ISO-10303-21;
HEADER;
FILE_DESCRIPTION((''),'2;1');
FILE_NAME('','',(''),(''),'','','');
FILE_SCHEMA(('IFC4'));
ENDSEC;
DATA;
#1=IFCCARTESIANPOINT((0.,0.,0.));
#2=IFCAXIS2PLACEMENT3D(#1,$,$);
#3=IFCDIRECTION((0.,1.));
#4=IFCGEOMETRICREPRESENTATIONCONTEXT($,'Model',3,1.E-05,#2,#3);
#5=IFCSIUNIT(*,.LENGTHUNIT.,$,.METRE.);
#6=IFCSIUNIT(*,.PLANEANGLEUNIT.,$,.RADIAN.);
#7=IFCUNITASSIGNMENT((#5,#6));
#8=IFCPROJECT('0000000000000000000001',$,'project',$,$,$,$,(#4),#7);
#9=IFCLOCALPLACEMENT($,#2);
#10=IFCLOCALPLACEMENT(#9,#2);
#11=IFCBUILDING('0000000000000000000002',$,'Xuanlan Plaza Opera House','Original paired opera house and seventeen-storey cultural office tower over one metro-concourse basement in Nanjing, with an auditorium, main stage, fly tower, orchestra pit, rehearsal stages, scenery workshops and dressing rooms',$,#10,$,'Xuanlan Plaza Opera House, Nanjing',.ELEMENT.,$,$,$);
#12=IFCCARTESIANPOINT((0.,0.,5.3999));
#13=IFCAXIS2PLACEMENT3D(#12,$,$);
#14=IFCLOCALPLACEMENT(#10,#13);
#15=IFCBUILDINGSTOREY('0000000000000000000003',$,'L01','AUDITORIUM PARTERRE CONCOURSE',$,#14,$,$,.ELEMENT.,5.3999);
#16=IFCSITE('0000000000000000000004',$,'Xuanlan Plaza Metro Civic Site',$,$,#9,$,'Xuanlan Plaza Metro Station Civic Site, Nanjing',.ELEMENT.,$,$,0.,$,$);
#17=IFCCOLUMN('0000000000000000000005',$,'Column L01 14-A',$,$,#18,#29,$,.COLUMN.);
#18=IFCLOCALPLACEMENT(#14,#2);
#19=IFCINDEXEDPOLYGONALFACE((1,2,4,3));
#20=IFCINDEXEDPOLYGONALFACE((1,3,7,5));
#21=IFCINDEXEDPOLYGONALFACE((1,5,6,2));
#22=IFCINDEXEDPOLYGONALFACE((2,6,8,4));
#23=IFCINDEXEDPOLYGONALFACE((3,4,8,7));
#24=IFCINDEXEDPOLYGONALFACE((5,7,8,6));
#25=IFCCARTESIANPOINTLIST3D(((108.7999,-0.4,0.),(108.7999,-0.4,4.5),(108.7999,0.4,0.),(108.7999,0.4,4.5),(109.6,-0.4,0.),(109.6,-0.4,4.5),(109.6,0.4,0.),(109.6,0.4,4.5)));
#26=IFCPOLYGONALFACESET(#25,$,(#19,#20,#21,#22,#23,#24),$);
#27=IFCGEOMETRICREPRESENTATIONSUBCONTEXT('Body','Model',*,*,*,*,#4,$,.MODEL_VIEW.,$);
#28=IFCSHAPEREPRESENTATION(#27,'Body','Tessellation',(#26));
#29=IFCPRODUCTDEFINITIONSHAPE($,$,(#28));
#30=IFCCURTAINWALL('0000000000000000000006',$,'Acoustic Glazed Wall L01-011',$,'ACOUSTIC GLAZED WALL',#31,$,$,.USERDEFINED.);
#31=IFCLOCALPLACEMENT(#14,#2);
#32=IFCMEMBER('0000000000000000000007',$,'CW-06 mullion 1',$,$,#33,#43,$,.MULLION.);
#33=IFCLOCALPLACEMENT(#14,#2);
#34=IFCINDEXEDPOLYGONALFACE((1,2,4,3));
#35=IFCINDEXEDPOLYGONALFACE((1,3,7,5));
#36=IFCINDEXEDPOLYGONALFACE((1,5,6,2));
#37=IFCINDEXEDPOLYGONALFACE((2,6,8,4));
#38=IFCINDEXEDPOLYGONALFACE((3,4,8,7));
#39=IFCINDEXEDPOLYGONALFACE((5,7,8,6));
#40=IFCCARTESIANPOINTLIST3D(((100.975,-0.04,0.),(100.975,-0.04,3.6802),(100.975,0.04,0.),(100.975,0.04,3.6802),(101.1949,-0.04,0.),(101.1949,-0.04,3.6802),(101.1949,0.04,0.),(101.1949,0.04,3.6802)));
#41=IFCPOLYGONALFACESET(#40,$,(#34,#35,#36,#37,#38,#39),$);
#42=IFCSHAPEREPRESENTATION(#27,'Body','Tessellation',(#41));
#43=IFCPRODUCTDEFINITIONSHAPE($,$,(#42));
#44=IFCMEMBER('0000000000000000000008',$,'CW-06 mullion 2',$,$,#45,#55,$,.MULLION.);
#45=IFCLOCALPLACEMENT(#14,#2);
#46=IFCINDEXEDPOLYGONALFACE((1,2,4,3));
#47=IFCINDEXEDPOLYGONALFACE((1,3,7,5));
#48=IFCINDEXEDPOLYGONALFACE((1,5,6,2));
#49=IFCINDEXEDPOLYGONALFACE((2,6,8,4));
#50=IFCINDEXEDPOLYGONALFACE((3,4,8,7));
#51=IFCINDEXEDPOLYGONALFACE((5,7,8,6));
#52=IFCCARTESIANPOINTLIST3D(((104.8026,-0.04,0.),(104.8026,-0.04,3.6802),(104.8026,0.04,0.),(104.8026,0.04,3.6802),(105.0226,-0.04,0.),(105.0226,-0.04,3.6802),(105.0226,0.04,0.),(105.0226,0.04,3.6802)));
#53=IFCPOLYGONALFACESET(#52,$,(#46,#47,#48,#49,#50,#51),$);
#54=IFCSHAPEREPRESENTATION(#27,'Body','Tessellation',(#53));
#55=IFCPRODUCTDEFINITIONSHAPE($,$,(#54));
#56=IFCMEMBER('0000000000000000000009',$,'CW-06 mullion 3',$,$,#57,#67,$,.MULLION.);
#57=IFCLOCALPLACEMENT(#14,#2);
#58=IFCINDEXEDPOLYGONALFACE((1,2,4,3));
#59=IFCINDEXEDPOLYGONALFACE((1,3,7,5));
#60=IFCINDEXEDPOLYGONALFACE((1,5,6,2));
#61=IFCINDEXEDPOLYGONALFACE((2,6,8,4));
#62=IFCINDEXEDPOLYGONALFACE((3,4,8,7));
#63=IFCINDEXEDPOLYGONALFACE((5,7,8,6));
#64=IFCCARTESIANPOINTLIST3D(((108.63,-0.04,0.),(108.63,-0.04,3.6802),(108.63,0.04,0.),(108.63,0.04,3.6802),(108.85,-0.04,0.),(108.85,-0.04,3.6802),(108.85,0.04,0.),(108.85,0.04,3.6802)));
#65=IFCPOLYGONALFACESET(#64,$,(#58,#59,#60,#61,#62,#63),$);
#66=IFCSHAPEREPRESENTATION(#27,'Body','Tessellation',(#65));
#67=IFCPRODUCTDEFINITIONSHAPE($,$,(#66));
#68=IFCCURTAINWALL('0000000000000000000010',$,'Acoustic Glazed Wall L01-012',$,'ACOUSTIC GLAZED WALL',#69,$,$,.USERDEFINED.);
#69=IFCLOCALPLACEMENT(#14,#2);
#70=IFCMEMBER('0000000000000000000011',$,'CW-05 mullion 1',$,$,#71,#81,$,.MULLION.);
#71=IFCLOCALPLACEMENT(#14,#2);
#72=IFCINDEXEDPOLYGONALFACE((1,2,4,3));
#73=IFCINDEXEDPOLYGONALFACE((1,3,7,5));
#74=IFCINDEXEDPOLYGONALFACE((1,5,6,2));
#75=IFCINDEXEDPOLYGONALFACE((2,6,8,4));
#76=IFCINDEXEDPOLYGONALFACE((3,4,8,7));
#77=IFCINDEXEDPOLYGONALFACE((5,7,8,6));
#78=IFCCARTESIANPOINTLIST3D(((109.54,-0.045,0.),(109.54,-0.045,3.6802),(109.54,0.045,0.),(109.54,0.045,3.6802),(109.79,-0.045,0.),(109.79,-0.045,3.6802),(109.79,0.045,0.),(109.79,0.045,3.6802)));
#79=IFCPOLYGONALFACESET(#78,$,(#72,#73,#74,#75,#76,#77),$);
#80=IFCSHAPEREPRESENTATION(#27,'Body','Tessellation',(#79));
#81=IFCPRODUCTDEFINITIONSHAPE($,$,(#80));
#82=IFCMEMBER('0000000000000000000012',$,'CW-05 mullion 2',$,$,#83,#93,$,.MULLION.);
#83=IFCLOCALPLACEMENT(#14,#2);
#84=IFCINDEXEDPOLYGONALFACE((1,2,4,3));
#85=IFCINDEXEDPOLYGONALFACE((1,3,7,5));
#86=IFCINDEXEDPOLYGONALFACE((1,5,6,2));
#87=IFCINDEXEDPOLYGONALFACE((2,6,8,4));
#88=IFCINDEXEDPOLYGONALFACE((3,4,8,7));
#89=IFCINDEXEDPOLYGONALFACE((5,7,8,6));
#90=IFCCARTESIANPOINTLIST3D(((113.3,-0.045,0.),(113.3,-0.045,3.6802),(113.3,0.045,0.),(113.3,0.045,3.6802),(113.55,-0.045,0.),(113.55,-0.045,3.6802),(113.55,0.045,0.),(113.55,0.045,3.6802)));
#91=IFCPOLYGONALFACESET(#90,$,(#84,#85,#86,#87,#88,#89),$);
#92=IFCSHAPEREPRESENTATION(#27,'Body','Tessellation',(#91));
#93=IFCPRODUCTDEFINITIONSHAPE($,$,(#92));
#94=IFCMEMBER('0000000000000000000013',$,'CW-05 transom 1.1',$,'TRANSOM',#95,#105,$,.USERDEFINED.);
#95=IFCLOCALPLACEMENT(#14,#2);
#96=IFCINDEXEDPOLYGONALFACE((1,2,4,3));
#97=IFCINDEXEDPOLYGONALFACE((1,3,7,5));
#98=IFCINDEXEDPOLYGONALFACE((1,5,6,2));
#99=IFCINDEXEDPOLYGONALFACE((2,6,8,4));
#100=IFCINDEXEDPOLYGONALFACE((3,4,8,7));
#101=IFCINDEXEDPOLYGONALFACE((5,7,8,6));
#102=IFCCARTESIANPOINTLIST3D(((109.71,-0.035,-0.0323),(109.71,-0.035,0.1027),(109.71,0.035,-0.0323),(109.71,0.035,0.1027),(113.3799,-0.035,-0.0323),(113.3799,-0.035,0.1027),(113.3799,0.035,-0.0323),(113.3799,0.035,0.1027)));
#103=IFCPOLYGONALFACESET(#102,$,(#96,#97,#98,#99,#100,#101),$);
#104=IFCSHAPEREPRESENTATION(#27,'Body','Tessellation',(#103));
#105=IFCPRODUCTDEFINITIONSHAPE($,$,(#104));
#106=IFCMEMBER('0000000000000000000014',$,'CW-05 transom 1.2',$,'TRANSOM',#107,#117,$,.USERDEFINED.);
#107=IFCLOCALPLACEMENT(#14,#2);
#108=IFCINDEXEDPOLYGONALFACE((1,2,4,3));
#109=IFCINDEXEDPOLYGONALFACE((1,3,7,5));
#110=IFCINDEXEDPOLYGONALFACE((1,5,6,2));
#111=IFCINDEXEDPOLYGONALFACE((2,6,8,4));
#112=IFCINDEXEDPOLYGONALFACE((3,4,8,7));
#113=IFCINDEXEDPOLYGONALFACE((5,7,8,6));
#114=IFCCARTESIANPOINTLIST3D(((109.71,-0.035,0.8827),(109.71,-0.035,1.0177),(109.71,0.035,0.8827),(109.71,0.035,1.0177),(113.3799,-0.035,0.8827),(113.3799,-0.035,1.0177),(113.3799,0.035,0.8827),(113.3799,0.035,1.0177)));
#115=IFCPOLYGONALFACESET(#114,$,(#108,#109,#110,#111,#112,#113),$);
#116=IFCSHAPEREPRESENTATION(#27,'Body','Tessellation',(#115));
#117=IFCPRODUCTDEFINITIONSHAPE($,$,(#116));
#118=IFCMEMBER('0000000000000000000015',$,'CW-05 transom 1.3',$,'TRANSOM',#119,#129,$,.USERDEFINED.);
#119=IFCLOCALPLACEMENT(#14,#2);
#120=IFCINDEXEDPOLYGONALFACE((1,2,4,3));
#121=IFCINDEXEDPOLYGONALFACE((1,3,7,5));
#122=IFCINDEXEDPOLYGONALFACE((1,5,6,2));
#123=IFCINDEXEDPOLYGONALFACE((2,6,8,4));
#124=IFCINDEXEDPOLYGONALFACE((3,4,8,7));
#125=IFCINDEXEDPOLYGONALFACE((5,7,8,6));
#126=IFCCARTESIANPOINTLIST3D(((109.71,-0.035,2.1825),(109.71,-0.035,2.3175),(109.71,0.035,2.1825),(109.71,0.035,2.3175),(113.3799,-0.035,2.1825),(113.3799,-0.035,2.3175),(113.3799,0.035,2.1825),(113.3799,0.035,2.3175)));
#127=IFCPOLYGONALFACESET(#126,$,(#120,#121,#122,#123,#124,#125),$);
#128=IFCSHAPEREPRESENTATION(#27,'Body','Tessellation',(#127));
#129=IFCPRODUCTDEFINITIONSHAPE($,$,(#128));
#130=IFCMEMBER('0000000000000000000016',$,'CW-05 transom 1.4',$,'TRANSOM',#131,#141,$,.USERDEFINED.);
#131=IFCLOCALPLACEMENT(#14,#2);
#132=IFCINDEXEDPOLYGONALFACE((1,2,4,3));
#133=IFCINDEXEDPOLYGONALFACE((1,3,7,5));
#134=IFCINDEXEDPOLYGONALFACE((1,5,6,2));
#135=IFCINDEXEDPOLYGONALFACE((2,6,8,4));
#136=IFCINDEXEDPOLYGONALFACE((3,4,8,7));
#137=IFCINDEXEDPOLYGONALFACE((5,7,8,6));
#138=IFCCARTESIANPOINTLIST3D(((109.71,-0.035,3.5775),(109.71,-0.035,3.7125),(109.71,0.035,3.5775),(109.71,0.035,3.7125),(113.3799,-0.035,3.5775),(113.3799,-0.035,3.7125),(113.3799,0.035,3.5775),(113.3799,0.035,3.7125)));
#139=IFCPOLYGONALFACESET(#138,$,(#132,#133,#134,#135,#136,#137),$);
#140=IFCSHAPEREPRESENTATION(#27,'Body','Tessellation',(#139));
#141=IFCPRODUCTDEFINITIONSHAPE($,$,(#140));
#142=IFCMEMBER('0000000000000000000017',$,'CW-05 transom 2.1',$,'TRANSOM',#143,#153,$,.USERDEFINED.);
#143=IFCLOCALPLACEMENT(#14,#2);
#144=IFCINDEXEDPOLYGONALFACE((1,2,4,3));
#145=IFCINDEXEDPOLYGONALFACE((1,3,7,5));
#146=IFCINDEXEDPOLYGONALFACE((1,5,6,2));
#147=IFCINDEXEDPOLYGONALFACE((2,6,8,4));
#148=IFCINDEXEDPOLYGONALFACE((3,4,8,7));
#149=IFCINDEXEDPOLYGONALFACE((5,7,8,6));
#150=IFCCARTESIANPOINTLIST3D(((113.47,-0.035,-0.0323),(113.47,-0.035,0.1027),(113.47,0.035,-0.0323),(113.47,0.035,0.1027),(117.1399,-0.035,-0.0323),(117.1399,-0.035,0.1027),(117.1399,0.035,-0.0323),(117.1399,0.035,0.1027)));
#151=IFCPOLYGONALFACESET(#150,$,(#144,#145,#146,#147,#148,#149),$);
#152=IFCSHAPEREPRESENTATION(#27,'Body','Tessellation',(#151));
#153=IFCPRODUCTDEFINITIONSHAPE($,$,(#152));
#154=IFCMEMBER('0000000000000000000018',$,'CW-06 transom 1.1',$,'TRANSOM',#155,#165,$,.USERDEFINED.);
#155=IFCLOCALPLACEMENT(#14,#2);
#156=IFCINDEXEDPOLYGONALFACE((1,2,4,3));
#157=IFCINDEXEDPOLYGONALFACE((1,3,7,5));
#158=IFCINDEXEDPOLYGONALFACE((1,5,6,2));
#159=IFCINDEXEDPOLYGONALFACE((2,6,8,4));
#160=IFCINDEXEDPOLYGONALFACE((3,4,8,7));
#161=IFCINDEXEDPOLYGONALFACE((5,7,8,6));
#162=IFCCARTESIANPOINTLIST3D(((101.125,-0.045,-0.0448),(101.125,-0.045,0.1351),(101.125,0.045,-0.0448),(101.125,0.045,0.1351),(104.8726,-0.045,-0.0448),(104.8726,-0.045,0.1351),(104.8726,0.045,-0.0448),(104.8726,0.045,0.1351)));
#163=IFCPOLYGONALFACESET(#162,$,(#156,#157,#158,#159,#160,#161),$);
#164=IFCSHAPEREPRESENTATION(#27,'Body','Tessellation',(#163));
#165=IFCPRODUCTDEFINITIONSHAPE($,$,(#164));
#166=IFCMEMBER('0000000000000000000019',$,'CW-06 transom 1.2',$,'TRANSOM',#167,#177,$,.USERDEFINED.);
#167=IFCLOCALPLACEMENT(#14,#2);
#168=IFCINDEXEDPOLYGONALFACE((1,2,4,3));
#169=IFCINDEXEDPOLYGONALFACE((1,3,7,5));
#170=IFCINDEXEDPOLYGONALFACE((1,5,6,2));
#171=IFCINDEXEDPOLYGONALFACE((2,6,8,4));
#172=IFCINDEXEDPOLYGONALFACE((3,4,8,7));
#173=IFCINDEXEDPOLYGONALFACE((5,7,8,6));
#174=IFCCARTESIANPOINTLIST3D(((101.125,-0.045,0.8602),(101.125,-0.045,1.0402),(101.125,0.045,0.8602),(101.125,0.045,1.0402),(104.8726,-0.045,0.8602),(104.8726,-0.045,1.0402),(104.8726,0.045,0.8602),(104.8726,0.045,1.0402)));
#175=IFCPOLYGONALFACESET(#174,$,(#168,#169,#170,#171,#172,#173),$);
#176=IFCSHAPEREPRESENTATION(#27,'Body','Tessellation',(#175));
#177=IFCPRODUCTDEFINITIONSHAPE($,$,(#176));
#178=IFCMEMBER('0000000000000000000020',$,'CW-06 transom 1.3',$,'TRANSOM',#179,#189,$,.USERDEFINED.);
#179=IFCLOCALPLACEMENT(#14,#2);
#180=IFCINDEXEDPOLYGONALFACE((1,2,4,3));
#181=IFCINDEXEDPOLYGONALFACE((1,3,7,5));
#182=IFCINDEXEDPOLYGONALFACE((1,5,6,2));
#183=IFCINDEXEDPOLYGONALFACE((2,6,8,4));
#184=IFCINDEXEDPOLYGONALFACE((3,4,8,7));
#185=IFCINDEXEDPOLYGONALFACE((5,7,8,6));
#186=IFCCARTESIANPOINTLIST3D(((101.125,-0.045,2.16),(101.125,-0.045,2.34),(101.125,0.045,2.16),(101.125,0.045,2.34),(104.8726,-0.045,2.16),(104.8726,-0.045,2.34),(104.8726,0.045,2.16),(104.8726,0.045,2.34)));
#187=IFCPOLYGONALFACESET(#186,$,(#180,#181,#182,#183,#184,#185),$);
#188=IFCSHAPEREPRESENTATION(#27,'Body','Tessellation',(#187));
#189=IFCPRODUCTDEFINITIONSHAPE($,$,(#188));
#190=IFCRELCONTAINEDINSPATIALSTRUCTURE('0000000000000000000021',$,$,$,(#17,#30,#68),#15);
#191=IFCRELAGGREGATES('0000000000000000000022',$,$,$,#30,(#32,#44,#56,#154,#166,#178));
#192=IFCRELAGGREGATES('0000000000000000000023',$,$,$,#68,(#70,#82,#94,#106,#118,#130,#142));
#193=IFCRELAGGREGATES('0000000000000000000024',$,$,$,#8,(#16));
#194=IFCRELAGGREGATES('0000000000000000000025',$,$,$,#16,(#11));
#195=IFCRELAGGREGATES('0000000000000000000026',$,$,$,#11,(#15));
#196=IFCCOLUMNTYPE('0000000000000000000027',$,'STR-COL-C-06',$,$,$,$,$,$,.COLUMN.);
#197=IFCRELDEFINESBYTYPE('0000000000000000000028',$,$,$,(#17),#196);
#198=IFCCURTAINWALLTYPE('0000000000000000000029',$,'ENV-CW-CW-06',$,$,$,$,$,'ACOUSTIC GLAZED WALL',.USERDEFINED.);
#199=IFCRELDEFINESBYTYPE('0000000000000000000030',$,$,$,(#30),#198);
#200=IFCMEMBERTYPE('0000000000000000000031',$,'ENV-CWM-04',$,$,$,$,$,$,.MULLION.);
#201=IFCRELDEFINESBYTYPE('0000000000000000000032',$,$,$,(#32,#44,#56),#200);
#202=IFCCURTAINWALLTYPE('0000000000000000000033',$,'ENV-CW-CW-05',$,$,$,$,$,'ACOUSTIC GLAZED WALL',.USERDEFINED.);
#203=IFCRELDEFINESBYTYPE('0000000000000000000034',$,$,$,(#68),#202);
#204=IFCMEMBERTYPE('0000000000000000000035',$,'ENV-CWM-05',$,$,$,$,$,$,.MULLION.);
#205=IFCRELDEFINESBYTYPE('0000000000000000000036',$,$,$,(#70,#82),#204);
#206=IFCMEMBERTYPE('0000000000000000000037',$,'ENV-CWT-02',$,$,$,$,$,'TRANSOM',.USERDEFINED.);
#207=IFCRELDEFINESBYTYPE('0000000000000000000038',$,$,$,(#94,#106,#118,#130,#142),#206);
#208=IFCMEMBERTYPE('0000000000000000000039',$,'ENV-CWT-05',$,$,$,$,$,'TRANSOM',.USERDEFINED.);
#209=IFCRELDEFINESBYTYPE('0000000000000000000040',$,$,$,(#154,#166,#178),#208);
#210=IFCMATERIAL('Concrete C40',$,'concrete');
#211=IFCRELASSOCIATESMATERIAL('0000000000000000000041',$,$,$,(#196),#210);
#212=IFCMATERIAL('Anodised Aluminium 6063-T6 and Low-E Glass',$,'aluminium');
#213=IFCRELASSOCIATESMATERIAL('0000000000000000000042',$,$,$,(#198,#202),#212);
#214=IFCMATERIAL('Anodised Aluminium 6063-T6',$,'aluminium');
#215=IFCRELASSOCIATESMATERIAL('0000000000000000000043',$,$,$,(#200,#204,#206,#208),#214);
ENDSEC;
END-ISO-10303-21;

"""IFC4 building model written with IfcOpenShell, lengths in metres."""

from ifc_helpers import new_model, si_unit, direction, frame, origin, origin_2d, place, context, subcontext, project, spatial, rectangle, extrude, material, material_profile, profile_set, type_object, element, aggregate, save


model = new_model("IFC4")

# Units and contexts
model_context = context("Model", 3, precision=1e-05, world=origin(), true_north=direction((0.0, 1.0)))
body_context = subcontext(model_context, "Body", "Model", "MODEL_VIEW")
ifc_project = project(units=[si_unit("LENGTHUNIT", "METRE"), si_unit("PLANEANGLEUNIT", "RADIAN")], contexts=[model_context])

# Site, building, storey
site_placement = place(None, origin())
site = spatial("IfcSite", under=ifc_project, at=site_placement, Name="Xuanlan Plaza Metro Civic Site", LongName="Xuanlan Plaza Metro Station Civic Site, Nanjing", CompositionType="ELEMENT", RefElevation=0.0)
building_placement = place(site_placement, origin())
building = spatial("IfcBuilding", under=site, at=building_placement, Name="Xuanlan Plaza Opera House", Description="Original paired opera house and seventeen-storey cultural office tower over one metro-concourse basement in Nanjing, with an auditorium, main stage, fly tower, orchestra pit, rehearsal stages, scenery workshops and dressing rooms", LongName="Xuanlan Plaza Opera House, Nanjing", CompositionType="ELEMENT")
storey_placement = place(building_placement, frame((0.0, 0.0, 5.3999)))
storey = spatial("IfcBuildingStorey", under=building, at=storey_placement, Name="L01", Description="AUDITORIUM PARTERRE CONCOURSE", CompositionType="ELEMENT", Elevation=5.3999)

# Column
ifc_material_1 = material(Name="Concrete C40", Category="concrete")
ifc_material_profile_1 = material_profile(ifc_material_1, rectangle(XDim=0.8, YDim=0.8, at=origin_2d()), Name="RC-COL 800x800")
ifc_profile_set_1 = profile_set([ifc_material_profile_1], Name="Concrete C40")
column_type = type_object("IfcColumnType", Name="STR-COL-C-06", PredefinedType="COLUMN", material=ifc_profile_set_1)
column_placement = place(storey_placement, frame((109.2, 0.0, 0.0), z_axis=(0.0, 0.0, 1.0), x_axis=(1.0, 0.0, 0.0)))
element("IfcColumn", 1, at=column_placement, inside=storey, type_object=column_type, Name="Column L01 14-A", PredefinedType="COLUMN", context=body_context, shape_type="SweptSolid", body=[
    extrude(rectangle(XDim=0.8, YDim=0.8, at=origin_2d()), origin(), (0.0, 0.0, 1.0), 4.5),
])

# Curtain walls, members
ifc_material_2 = material(Name="Anodised Aluminium 6063-T6 and Low-E Glass", Category="aluminium")
curtain_wall_type_1 = type_object("IfcCurtainWallType", Name="ENV-CW-CW-06", ElementType="ACOUSTIC GLAZED WALL", PredefinedType="USERDEFINED", material=ifc_material_2)
curtain_wall_1_placement = place(storey_placement, origin())
curtain_wall_1 = element("IfcCurtainWall", 2, at=curtain_wall_1_placement, inside=storey, type_object=curtain_wall_type_1, Name="Acoustic Glazed Wall L01-011", ObjectType="ACOUSTIC GLAZED WALL", PredefinedType="USERDEFINED")
ifc_material_3 = material(Name="Anodised Aluminium 6063-T6", Category="aluminium")
ifc_material_profile_2 = material_profile(ifc_material_3, rectangle(XDim=0.0801, YDim=0.22, at=origin_2d()), Name="ALU-M 80x220")
ifc_profile_set_2 = profile_set([ifc_material_profile_2], Name="Anodised Aluminium 6063-T6")
member_type_1 = type_object("IfcMemberType", Name="ENV-CWM-04", PredefinedType="MULLION", material=ifc_profile_set_2)
member_1_placement = place(storey_placement, frame((101.085, 0.0, 0.0), z_axis=(0.0, 0.0, 1.0), x_axis=(0.0, 1.0, 0.0)))
member_1 = element("IfcMember", 3, at=member_1_placement, type_object=member_type_1, Name="CW-06 mullion 1", PredefinedType="MULLION", context=body_context, shape_type="SweptSolid", body=[
    extrude(rectangle(XDim=0.0801, YDim=0.22, at=origin_2d()), origin(), (0.0, 0.0, 1.0), 3.6802),
])
member_2_placement = place(storey_placement, frame((104.9126, 0.0, 0.0), z_axis=(0.0, 0.0, 1.0), x_axis=(0.0, 1.0, 0.0)))
member_2 = element("IfcMember", 4, at=member_2_placement, type_object=member_type_1, Name="CW-06 mullion 2", PredefinedType="MULLION", context=body_context, shape_type="SweptSolid", body=[
    extrude(rectangle(XDim=0.0801, YDim=0.22, at=origin_2d()), origin(), (0.0, 0.0, 1.0), 3.6802),
])
member_3_placement = place(storey_placement, frame((108.74, 0.0, 0.0), z_axis=(0.0, 0.0, 1.0), x_axis=(0.0, 1.0, 0.0)))
member_3 = element("IfcMember", 5, at=member_3_placement, type_object=member_type_1, Name="CW-06 mullion 3", PredefinedType="MULLION", context=body_context, shape_type="SweptSolid", body=[
    extrude(rectangle(XDim=0.0801, YDim=0.22, at=origin_2d()), origin(), (0.0, 0.0, 1.0), 3.6802),
])
curtain_wall_type_2 = type_object("IfcCurtainWallType", Name="ENV-CW-CW-05", ElementType="ACOUSTIC GLAZED WALL", PredefinedType="USERDEFINED", material=ifc_material_2)
curtain_wall_2_placement = place(storey_placement, origin())
curtain_wall_2 = element("IfcCurtainWall", 6, at=curtain_wall_2_placement, inside=storey, type_object=curtain_wall_type_2, Name="Acoustic Glazed Wall L01-012", ObjectType="ACOUSTIC GLAZED WALL", PredefinedType="USERDEFINED")
ifc_material_profile_3 = material_profile(ifc_material_3, rectangle(XDim=0.0901, YDim=0.25, at=origin_2d()), Name="ALU-M 90x250")
ifc_profile_set_3 = profile_set([ifc_material_profile_3], Name="Anodised Aluminium 6063-T6")
member_type_2 = type_object("IfcMemberType", Name="ENV-CWM-05", PredefinedType="MULLION", material=ifc_profile_set_3)
member_4_placement = place(storey_placement, frame((109.665, 0.0, 0.0), z_axis=(0.0, 0.0, 1.0), x_axis=(0.0, 1.0, 0.0)))
member_4 = element("IfcMember", 7, at=member_4_placement, type_object=member_type_2, Name="CW-05 mullion 1", PredefinedType="MULLION", context=body_context, shape_type="SweptSolid", body=[
    extrude(rectangle(XDim=0.0901, YDim=0.25, at=origin_2d()), origin(), (0.0, 0.0, 1.0), 3.6802),
])
member_5_placement = place(storey_placement, frame((113.425, 0.0, 0.0), z_axis=(0.0, 0.0, 1.0), x_axis=(0.0, 1.0, 0.0)))
member_5 = element("IfcMember", 8, at=member_5_placement, type_object=member_type_2, Name="CW-05 mullion 2", PredefinedType="MULLION", context=body_context, shape_type="SweptSolid", body=[
    extrude(rectangle(XDim=0.0901, YDim=0.25, at=origin_2d()), origin(), (0.0, 0.0, 1.0), 3.6802),
])
ifc_material_profile_4 = material_profile(ifc_material_3, rectangle(XDim=0.0701, YDim=0.135, at=origin_2d()), Name="ALU-T 70x135")
ifc_profile_set_4 = profile_set([ifc_material_profile_4], Name="Anodised Aluminium 6063-T6")
member_type_3 = type_object("IfcMemberType", Name="ENV-CWT-02", ElementType="TRANSOM", PredefinedType="USERDEFINED", material=ifc_profile_set_4)
member_6_placement = place(storey_placement, frame((109.71, 0.0, 0.0352), z_axis=(1.0, 0.0, 0.0), x_axis=(0.0, 1.0, 0.0)))
member_6 = element("IfcMember", 9, at=member_6_placement, type_object=member_type_3, Name="CW-05 transom 1.1", ObjectType="TRANSOM", PredefinedType="USERDEFINED", context=body_context, shape_type="SweptSolid", body=[
    extrude(rectangle(XDim=0.0701, YDim=0.135, at=origin_2d()), origin(), (0.0, 0.0, 1.0), 3.6699),
])
member_7_placement = place(storey_placement, frame((109.71, 0.0, 0.9502), z_axis=(1.0, 0.0, 0.0), x_axis=(0.0, 1.0, 0.0)))
member_7 = element("IfcMember", 10, at=member_7_placement, type_object=member_type_3, Name="CW-05 transom 1.2", ObjectType="TRANSOM", PredefinedType="USERDEFINED", context=body_context, shape_type="SweptSolid", body=[
    extrude(rectangle(XDim=0.0701, YDim=0.135, at=origin_2d()), origin(), (0.0, 0.0, 1.0), 3.6699),
])
member_8_placement = place(storey_placement, frame((109.71, 0.0, 2.25), z_axis=(1.0, 0.0, 0.0), x_axis=(0.0, 1.0, 0.0)))
member_8 = element("IfcMember", 11, at=member_8_placement, type_object=member_type_3, Name="CW-05 transom 1.3", ObjectType="TRANSOM", PredefinedType="USERDEFINED", context=body_context, shape_type="SweptSolid", body=[
    extrude(rectangle(XDim=0.0701, YDim=0.135, at=origin_2d()), origin(), (0.0, 0.0, 1.0), 3.6699),
])
member_9_placement = place(storey_placement, frame((109.71, 0.0, 3.645), z_axis=(1.0, 0.0, 0.0), x_axis=(0.0, 1.0, 0.0)))
member_9 = element("IfcMember", 12, at=member_9_placement, type_object=member_type_3, Name="CW-05 transom 1.4", ObjectType="TRANSOM", PredefinedType="USERDEFINED", context=body_context, shape_type="SweptSolid", body=[
    extrude(rectangle(XDim=0.0701, YDim=0.135, at=origin_2d()), origin(), (0.0, 0.0, 1.0), 3.6699),
])
member_10_placement = place(storey_placement, frame((113.47, 0.0, 0.0352), z_axis=(1.0, 0.0, 0.0), x_axis=(0.0, 1.0, 0.0)))
member_10 = element("IfcMember", 13, at=member_10_placement, type_object=member_type_3, Name="CW-05 transom 2.1", ObjectType="TRANSOM", PredefinedType="USERDEFINED", context=body_context, shape_type="SweptSolid", body=[
    extrude(rectangle(XDim=0.0701, YDim=0.135, at=origin_2d()), origin(), (0.0, 0.0, 1.0), 3.6699),
])

# Members
ifc_material_profile_5 = material_profile(ifc_material_3, rectangle(XDim=0.0901, YDim=0.1799, at=origin_2d()), Name="ALU-T 90x180")
ifc_profile_set_5 = profile_set([ifc_material_profile_5], Name="Anodised Aluminium 6063-T6")
member_type_4 = type_object("IfcMemberType", Name="ENV-CWT-05", ElementType="TRANSOM", PredefinedType="USERDEFINED", material=ifc_profile_set_5)
member_11_placement = place(storey_placement, frame((101.125, 0.0, 0.0452), z_axis=(1.0, 0.0, 0.0), x_axis=(0.0, 1.0, 0.0)))
member_11 = element("IfcMember", 14, at=member_11_placement, type_object=member_type_4, Name="CW-06 transom 1.1", ObjectType="TRANSOM", PredefinedType="USERDEFINED", context=body_context, shape_type="SweptSolid", body=[
    extrude(rectangle(XDim=0.0901, YDim=0.1799, at=origin_2d()), origin(), (0.0, 0.0, 1.0), 3.7476),
])
member_12_placement = place(storey_placement, frame((101.125, 0.0, 0.9502), z_axis=(1.0, 0.0, 0.0), x_axis=(0.0, 1.0, 0.0)))
member_12 = element("IfcMember", 15, at=member_12_placement, type_object=member_type_4, Name="CW-06 transom 1.2", ObjectType="TRANSOM", PredefinedType="USERDEFINED", context=body_context, shape_type="SweptSolid", body=[
    extrude(rectangle(XDim=0.0901, YDim=0.1799, at=origin_2d()), origin(), (0.0, 0.0, 1.0), 3.7476),
])
member_13_placement = place(storey_placement, frame((101.125, 0.0, 2.25), z_axis=(1.0, 0.0, 0.0), x_axis=(0.0, 1.0, 0.0)))
member_13 = element("IfcMember", 16, at=member_13_placement, type_object=member_type_4, Name="CW-06 transom 1.3", ObjectType="TRANSOM", PredefinedType="USERDEFINED", context=body_context, shape_type="SweptSolid", body=[
    extrude(rectangle(XDim=0.0901, YDim=0.1799, at=origin_2d()), origin(), (0.0, 0.0, 1.0), 3.7476),
])

aggregate(curtain_wall_1, [member_1, member_2, member_3, member_11, member_12, member_13])
aggregate(curtain_wall_2, [member_4, member_5, member_6, member_7, member_8, member_9, member_10])

save(model, "model.ifc")
